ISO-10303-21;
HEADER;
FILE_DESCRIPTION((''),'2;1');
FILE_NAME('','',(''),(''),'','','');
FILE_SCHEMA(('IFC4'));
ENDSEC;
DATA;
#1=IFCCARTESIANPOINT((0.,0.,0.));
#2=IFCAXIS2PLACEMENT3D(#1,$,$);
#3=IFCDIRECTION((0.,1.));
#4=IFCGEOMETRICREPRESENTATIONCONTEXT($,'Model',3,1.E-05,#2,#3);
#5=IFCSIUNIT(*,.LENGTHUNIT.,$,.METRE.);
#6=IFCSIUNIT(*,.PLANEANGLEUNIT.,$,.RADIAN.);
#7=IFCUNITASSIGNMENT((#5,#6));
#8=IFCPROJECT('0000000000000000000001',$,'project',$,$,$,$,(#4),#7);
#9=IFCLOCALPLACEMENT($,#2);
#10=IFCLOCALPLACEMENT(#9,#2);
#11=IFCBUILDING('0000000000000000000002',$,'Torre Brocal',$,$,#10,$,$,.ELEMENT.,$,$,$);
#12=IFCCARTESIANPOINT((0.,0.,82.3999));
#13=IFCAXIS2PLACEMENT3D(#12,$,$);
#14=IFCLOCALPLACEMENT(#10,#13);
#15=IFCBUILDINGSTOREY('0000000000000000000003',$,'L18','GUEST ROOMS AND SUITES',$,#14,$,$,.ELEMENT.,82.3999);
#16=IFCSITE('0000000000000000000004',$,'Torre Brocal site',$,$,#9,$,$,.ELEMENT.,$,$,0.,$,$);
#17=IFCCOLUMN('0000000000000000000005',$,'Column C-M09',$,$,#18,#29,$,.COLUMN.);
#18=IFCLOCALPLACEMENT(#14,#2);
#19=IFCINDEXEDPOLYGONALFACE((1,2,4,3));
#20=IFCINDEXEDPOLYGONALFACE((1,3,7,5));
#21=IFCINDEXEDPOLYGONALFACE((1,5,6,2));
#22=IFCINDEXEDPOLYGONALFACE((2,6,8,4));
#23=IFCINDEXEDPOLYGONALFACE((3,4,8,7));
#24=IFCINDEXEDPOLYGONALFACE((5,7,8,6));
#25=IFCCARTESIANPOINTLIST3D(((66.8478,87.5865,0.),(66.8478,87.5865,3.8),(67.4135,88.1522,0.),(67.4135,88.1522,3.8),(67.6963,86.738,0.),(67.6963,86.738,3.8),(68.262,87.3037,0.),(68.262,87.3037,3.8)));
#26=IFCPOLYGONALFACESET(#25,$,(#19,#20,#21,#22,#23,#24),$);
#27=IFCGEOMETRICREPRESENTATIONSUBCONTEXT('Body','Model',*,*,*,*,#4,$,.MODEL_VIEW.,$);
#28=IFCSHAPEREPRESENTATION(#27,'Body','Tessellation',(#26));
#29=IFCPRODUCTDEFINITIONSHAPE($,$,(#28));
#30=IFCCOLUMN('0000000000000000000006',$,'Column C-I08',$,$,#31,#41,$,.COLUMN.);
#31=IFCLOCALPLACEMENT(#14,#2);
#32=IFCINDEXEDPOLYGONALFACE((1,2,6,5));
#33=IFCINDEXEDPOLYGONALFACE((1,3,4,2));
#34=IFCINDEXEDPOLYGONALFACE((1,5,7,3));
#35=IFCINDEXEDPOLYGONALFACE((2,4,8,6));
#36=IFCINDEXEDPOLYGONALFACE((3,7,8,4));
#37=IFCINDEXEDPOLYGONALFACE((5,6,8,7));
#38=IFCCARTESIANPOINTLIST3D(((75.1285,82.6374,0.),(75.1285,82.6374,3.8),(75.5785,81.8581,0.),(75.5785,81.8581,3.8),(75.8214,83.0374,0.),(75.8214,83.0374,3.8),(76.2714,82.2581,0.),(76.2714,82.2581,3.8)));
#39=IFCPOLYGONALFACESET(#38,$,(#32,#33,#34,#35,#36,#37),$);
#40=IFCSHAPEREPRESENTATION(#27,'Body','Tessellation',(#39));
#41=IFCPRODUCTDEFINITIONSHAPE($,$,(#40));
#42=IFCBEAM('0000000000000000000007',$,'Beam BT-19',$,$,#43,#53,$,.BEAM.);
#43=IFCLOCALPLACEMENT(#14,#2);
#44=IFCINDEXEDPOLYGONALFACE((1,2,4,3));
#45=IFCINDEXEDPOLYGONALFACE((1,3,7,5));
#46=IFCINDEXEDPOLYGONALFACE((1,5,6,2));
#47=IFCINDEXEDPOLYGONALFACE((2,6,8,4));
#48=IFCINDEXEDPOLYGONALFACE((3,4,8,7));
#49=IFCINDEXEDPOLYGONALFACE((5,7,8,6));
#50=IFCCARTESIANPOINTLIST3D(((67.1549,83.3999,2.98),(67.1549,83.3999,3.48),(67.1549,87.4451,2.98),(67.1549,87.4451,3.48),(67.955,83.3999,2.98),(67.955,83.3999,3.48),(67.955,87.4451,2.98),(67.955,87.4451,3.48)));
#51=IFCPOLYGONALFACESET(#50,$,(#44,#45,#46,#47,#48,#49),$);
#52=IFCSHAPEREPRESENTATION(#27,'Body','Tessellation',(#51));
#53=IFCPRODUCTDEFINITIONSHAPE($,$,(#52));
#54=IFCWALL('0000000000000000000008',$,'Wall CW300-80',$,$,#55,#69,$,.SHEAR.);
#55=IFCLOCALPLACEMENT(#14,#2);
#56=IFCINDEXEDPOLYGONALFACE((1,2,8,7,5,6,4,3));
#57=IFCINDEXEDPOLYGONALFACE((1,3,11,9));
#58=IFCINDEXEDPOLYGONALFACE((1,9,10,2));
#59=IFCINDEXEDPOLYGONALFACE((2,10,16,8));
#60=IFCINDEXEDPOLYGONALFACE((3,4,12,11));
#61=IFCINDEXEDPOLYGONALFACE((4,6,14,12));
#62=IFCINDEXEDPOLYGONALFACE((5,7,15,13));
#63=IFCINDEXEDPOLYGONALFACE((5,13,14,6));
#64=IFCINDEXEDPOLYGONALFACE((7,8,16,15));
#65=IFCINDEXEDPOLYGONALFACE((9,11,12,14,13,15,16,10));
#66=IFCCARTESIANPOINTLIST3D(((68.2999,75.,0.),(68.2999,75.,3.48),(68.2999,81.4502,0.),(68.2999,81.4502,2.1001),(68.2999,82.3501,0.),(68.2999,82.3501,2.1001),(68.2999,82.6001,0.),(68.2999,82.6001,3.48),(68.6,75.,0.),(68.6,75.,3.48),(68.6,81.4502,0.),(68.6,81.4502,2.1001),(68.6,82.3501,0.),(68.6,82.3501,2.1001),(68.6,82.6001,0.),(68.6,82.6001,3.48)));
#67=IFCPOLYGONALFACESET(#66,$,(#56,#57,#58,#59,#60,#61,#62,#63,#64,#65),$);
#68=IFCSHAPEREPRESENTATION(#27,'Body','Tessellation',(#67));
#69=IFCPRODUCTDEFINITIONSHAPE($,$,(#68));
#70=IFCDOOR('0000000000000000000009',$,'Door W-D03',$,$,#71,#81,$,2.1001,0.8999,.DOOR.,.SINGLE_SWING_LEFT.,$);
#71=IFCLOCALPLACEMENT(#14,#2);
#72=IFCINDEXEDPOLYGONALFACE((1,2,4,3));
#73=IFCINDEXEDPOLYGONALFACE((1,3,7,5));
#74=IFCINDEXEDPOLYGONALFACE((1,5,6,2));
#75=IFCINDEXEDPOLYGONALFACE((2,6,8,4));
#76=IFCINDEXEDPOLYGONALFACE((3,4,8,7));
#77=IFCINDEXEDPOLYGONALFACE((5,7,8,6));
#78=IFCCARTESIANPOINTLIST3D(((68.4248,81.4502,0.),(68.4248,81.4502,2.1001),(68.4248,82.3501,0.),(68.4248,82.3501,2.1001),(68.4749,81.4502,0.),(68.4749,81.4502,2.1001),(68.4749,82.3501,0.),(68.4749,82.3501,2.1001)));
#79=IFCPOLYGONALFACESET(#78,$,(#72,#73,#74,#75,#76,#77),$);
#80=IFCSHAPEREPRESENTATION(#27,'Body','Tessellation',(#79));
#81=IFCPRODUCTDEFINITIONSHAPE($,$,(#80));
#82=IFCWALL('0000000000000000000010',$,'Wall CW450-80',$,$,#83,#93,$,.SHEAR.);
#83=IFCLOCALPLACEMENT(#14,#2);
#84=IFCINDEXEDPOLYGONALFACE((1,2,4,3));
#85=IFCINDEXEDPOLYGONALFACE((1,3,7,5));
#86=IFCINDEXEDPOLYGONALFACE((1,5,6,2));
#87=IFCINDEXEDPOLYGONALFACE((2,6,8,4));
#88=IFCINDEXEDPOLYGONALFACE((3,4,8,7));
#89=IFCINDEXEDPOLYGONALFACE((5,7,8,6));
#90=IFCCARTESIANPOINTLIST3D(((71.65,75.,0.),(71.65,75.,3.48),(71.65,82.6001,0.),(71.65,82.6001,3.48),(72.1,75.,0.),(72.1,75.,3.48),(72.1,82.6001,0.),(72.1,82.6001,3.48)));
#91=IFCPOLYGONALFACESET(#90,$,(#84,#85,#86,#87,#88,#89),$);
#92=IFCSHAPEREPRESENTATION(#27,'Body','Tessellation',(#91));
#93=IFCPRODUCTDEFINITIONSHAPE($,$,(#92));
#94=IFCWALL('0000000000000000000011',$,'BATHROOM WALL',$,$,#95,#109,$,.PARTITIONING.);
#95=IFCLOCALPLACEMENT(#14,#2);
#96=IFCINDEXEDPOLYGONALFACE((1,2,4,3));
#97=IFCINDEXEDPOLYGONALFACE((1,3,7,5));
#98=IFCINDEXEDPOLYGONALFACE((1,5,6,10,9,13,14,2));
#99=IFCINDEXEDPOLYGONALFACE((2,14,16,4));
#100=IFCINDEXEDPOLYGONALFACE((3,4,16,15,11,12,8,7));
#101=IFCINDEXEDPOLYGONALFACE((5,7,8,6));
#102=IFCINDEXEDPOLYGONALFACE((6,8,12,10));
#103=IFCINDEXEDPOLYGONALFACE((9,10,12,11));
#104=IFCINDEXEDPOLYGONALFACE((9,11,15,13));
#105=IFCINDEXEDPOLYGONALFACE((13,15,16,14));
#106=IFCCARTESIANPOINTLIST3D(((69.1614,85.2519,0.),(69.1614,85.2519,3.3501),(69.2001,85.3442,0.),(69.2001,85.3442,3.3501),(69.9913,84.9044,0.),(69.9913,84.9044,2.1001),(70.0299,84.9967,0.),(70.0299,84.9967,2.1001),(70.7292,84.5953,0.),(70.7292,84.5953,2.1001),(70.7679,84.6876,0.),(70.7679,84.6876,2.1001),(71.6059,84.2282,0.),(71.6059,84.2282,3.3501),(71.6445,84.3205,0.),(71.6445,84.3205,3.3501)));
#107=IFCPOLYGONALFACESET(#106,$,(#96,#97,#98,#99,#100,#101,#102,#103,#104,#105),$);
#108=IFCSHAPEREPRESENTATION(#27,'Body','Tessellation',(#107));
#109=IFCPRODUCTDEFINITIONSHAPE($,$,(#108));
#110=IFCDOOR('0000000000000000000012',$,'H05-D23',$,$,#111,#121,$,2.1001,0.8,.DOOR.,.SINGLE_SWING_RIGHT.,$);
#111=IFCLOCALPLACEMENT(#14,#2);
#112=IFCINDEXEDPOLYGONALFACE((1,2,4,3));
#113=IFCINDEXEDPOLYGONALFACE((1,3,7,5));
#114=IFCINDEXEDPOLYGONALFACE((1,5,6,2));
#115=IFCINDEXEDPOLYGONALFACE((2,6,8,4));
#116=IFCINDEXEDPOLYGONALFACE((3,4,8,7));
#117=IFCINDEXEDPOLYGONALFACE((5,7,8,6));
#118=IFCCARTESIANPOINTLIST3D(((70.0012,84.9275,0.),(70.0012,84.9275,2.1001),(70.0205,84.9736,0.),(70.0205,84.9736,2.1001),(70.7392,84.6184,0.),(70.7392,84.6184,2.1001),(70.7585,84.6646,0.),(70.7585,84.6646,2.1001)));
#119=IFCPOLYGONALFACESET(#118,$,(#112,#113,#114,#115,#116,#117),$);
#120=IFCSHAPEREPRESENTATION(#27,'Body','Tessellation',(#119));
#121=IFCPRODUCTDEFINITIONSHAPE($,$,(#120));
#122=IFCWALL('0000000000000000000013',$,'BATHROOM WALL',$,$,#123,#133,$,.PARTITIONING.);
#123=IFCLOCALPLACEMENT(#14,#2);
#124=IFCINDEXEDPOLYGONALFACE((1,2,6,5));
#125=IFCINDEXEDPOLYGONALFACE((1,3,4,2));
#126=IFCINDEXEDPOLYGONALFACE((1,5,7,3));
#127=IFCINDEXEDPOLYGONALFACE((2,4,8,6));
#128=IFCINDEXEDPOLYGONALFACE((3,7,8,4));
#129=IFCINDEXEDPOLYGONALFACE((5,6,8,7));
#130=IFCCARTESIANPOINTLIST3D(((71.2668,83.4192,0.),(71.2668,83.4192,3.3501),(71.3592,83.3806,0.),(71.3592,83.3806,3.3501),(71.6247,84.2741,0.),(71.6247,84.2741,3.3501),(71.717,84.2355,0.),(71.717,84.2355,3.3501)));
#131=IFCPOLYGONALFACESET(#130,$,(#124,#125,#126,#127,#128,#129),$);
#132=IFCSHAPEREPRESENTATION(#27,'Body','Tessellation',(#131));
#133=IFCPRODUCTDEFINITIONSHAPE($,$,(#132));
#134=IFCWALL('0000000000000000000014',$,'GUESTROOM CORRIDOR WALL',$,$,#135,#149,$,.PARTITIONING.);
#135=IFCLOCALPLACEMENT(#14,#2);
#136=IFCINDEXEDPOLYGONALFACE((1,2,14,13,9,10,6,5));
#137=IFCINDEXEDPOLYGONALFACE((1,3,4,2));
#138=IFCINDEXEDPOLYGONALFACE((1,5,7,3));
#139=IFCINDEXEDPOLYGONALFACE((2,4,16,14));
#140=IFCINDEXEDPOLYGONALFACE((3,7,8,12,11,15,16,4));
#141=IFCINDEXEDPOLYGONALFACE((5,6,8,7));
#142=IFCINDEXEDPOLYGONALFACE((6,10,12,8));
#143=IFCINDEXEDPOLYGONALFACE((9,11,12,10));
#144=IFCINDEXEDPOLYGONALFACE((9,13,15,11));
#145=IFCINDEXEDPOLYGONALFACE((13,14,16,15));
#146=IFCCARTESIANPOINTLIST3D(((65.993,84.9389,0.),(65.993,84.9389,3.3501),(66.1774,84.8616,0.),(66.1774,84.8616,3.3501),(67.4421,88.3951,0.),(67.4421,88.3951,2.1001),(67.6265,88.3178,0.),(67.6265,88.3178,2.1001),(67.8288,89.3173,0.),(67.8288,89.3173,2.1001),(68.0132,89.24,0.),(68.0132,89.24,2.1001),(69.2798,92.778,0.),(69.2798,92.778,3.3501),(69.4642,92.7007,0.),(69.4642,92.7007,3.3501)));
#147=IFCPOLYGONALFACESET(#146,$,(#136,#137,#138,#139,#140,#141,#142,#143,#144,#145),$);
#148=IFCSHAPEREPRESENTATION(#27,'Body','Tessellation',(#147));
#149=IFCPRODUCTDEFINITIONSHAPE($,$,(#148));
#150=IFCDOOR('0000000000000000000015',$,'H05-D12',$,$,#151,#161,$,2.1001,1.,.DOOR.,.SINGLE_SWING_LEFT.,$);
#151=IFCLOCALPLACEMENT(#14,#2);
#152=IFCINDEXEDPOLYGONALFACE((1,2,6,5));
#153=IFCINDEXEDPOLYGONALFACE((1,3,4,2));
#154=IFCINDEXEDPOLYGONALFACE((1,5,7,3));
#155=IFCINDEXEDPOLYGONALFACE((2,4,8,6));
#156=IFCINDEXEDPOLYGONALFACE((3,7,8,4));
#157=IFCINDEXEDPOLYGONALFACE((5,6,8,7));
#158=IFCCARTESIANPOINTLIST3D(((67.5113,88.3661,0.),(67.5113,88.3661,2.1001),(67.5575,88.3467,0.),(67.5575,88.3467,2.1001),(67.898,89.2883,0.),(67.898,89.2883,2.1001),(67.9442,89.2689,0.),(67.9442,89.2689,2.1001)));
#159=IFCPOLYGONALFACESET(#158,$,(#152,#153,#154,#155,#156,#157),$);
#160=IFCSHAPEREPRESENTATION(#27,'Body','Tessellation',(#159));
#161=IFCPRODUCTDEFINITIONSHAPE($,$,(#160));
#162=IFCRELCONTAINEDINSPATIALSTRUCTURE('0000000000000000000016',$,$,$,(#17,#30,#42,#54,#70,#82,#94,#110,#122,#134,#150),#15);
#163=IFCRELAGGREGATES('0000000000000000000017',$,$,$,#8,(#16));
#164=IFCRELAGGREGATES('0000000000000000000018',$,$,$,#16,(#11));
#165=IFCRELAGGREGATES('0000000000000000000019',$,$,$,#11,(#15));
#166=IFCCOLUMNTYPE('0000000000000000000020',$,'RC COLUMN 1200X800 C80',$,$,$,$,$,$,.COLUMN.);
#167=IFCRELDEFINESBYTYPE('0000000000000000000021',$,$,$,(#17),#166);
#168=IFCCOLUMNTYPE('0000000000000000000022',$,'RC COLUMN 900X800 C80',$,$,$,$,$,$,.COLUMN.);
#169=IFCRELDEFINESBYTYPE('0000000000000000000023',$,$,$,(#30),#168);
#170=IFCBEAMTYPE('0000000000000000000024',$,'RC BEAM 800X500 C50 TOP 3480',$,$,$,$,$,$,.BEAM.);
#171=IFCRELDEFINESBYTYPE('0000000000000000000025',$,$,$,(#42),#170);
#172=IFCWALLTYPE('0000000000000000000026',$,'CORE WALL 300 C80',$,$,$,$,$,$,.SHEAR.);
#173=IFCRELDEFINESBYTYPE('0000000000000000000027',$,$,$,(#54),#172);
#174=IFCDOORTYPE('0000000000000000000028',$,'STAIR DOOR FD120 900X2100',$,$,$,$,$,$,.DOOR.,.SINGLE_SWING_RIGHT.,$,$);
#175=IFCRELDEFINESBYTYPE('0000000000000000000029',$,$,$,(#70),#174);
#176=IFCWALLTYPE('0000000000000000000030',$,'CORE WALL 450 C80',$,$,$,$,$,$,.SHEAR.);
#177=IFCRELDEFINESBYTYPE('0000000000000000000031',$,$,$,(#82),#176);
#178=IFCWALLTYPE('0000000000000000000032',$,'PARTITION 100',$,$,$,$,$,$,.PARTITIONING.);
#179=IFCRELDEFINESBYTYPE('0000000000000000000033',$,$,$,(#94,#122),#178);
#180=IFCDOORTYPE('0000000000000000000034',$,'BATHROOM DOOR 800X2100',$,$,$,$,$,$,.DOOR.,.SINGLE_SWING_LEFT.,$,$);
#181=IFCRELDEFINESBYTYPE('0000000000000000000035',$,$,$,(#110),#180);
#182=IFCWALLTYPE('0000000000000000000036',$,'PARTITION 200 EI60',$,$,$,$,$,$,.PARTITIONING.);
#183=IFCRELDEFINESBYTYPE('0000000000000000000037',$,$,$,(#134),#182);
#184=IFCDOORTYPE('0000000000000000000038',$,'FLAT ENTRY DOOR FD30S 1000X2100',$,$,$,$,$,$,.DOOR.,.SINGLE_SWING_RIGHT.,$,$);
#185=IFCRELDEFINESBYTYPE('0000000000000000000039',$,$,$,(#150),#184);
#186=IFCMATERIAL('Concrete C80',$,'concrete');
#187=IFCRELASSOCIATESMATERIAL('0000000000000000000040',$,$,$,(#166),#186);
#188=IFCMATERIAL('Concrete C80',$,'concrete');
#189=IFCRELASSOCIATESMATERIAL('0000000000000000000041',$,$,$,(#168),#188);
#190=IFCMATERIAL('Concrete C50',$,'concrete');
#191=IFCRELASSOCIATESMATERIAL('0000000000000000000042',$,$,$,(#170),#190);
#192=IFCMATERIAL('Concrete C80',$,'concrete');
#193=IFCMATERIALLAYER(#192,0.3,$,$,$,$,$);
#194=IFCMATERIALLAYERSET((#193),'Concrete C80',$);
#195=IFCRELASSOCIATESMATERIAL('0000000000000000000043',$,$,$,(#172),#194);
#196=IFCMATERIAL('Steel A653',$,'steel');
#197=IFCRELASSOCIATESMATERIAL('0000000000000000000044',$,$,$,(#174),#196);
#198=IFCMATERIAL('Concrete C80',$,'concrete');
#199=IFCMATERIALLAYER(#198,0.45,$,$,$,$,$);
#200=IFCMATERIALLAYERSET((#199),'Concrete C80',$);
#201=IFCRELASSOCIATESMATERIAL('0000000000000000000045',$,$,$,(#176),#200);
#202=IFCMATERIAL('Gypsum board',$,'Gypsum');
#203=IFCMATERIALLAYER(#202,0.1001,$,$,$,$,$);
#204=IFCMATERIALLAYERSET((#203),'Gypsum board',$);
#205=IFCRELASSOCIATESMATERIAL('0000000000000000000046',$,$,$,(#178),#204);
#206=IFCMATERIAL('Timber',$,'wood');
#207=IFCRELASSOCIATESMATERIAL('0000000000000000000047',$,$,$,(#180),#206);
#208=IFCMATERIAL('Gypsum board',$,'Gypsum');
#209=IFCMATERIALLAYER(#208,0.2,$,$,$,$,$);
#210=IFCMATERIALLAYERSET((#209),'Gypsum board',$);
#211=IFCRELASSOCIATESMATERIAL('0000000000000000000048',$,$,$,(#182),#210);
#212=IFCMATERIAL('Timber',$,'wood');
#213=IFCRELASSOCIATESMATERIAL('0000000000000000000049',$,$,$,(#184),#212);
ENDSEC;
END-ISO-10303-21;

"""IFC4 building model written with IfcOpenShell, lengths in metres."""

from ifc_helpers import new_model, si_unit, direction, frame, frame_2d, origin, origin_2d, place, context, subcontext, project, spatial, rectangle, extrude, material, layer, layer_set, material_profile, profile_set, type_object, element, fill, save


model = new_model("IFC4")

# Units and contexts
model_context = context("Model", 3, precision=1e-05, world=origin(), true_north=direction((0.0, 1.0)))
body_context = subcontext(model_context, "Body", "Model", "MODEL_VIEW")
ifc_project = project(units=[si_unit("LENGTHUNIT", "METRE"), si_unit("PLANEANGLEUNIT", "RADIAN")], contexts=[model_context])

# Site, building, storey
site_placement = place(None, origin())
site = spatial("IfcSite", under=ifc_project, at=site_placement, Name="Torre Brocal site", CompositionType="ELEMENT", RefElevation=0.0)
building_placement = place(site_placement, origin())
building = spatial("IfcBuilding", under=site, at=building_placement, Name="Torre Brocal", CompositionType="ELEMENT")
storey_placement = place(building_placement, frame((0.0, 0.0, 82.3999)))
storey = spatial("IfcBuildingStorey", under=building, at=storey_placement, Name="L18", Description="GUEST ROOMS AND SUITES", CompositionType="ELEMENT", Elevation=82.3999)

# Columns
ifc_material_1 = material(Name="Concrete C80", Category="concrete")
ifc_material_profile_1 = material_profile(ifc_material_1, rectangle(XDim=1.2, YDim=0.8, at=origin_2d()), Name="RC 1200X800")
ifc_profile_set_1 = profile_set([ifc_material_profile_1], Name="Concrete C80")
column_type_1 = type_object("IfcColumnType", Name="RC COLUMN 1200X800 C80", PredefinedType="COLUMN", material=ifc_profile_set_1)
column_1_placement = place(storey_placement, frame((67.5549, 87.4451, 0.0), z_axis=(0.0, 0.0, 1.0), x_axis=(-0.707107, 0.707107, 0.0)))
element("IfcColumn", 1, at=column_1_placement, inside=storey, type_object=column_type_1, Name="Column C-M09", PredefinedType="COLUMN", context=body_context, shape_type="SweptSolid", body=[
    extrude(rectangle(XDim=1.2, YDim=0.8, at=origin_2d()), origin(), (0.0, 0.0, 1.0), 3.8),
])
ifc_material_2 = material(Name="Concrete C80", Category="concrete")
ifc_material_profile_2 = material_profile(ifc_material_2, rectangle(XDim=0.8999, YDim=0.8, at=origin_2d()), Name="RC 900X800")
ifc_profile_set_2 = profile_set([ifc_material_profile_2], Name="Concrete C80")
column_type_2 = type_object("IfcColumnType", Name="RC COLUMN 900X800 C80", PredefinedType="COLUMN", material=ifc_profile_set_2)
column_2_placement = place(storey_placement, frame((75.7, 82.4478, 0.0), z_axis=(0.0, 0.0, 1.0), x_axis=(-0.5, 0.866025, 0.0)))
element("IfcColumn", 2, at=column_2_placement, inside=storey, type_object=column_type_2, Name="Column C-I08", PredefinedType="COLUMN", context=body_context, shape_type="SweptSolid", body=[
    extrude(rectangle(XDim=0.8999, YDim=0.8, at=origin_2d()), origin(), (0.0, 0.0, 1.0), 3.8),
])

# Beam
ifc_material_3 = material(Name="Concrete C50", Category="concrete")
ifc_material_profile_3 = material_profile(ifc_material_3, rectangle(XDim=0.8, YDim=0.5, at=origin_2d()), Name="RC 800X500")
ifc_profile_set_3 = profile_set([ifc_material_profile_3], Name="Concrete C50")
beam_type = type_object("IfcBeamType", Name="RC BEAM 800X500 C50 TOP 3480", PredefinedType="BEAM", material=ifc_profile_set_3)
beam_placement = place(storey_placement, frame((67.5549, 87.4451, 3.23), z_axis=(0.0, -1.0, 0.0), x_axis=(1.0, 0.0, 0.0)))
element("IfcBeam", 3, at=beam_placement, inside=storey, type_object=beam_type, Name="Beam BT-19", PredefinedType="BEAM", context=body_context, shape_type="SweptSolid", body=[
    extrude(rectangle(XDim=0.8, YDim=0.5, at=origin_2d()), origin(), (0.0, 0.0, 1.0), 4.0452),
])

# Wall, opening, door
ifc_material_4 = material(Name="Concrete C80", Category="concrete")
ifc_layer_1 = layer(ifc_material_4, 0.3)
ifc_layer_set_1 = layer_set([ifc_layer_1], Name="Concrete C80")
wall_type_1 = type_object("IfcWallType", Name="CORE WALL 300 C80", PredefinedType="SHEAR", material=ifc_layer_set_1)
wall_1_placement = place(storey_placement, frame((68.45, 82.6001, 0.0), z_axis=(0.0, 0.0, 1.0), x_axis=(0.0, -1.0, 0.0)))
wall_1 = element("IfcWall", 4, at=wall_1_placement, inside=storey, type_object=wall_type_1, Name="Wall CW300-80", PredefinedType="SHEAR", context=body_context, shape_type="SweptSolid", body=[
    extrude(rectangle(XDim=7.6001, YDim=0.3, at=frame_2d((3.8, 0.0))), origin(), (0.0, 0.0, 1.0), 3.48),
])
opening_1_placement = place(wall_1_placement, frame((0.25, 0.0, 0.0)))
opening_1 = element("IfcOpeningElement", 5, at=opening_1_placement, cuts=wall_1, PredefinedType="OPENING", context=body_context, shape_type="SweptSolid", body=[
    extrude(rectangle(XDim=0.8999, YDim=2.1001, at=frame_2d((0.45, 1.05))), frame((0.0, 0.1599, 0.0), z_axis=(0.0, -1.0, 0.0), x_axis=(1.0, 0.0, 0.0)), (0.0, 0.0, 1.0), 0.3201),
])
ifc_material_5 = material(Name="Steel A653", Category="steel")
door_type_1 = type_object("IfcDoorType", Name="STAIR DOOR FD120 900X2100", OperationType="SINGLE_SWING_RIGHT", PredefinedType="DOOR", material=ifc_material_5)
door_1_placement = place(opening_1_placement, origin())
door_1 = element("IfcDoor", 6, at=door_1_placement, inside=storey, type_object=door_type_1, Name="Door W-D03", OperationType="SINGLE_SWING_LEFT", OverallHeight=2.1001, OverallWidth=0.8999, PredefinedType="DOOR", context=body_context, shape_type="SweptSolid", body=[
    extrude(rectangle(XDim=0.8999, YDim=2.1001, at=frame_2d((0.45, 1.05))), frame((0.0, 0.0249, 0.0), z_axis=(0.0, -1.0, 0.0), x_axis=(1.0, 0.0, 0.0)), (0.0, 0.0, 1.0), 0.05),
])
fill(opening_1, door_1)

# Wall
ifc_material_6 = material(Name="Concrete C80", Category="concrete")
ifc_layer_2 = layer(ifc_material_6, 0.45)
ifc_layer_set_2 = layer_set([ifc_layer_2], Name="Concrete C80")
wall_type_2 = type_object("IfcWallType", Name="CORE WALL 450 C80", PredefinedType="SHEAR", material=ifc_layer_set_2)
wall_2_placement = place(storey_placement, frame((71.875, 82.6001, 0.0), z_axis=(0.0, 0.0, 1.0), x_axis=(0.0, -1.0, 0.0)))
element("IfcWall", 7, at=wall_2_placement, inside=storey, type_object=wall_type_2, Name="Wall CW450-80", PredefinedType="SHEAR", context=body_context, shape_type="SweptSolid", body=[
    extrude(rectangle(XDim=7.6001, YDim=0.45, at=frame_2d((3.8, 0.0))), origin(), (0.0, 0.0, 1.0), 3.48),
])

# Wall, opening, door
ifc_material_7 = material(Name="Gypsum board", Category="Gypsum")
ifc_layer_3 = layer(ifc_material_7, 0.1001)
ifc_layer_set_3 = layer_set([ifc_layer_3], Name="Gypsum board")
wall_type_3 = type_object("IfcWallType", Name="PARTITION 100", PredefinedType="PARTITIONING", material=ifc_layer_set_3)
wall_3_placement = place(storey_placement, frame((69.1807, 85.2981, 0.0), z_axis=(0.0, 0.0, 1.0), x_axis=(0.922378, -0.386289, 0.0)))
wall_3 = element("IfcWall", 8, at=wall_3_placement, inside=storey, type_object=wall_type_3, Name="BATHROOM WALL", PredefinedType="PARTITIONING", context=body_context, shape_type="SweptSolid", body=[
    extrude(rectangle(XDim=2.6501, YDim=0.1001, at=frame_2d((1.3252, 0.0))), origin(), (0.0, 0.0, 1.0), 3.3501),
])
opening_2_placement = place(wall_3_placement, frame((0.8999, 0.0, 0.0)))
opening_2 = element("IfcOpeningElement", 9, at=opening_2_placement, cuts=wall_3, PredefinedType="OPENING", context=body_context, shape_type="SweptSolid", body=[
    extrude(rectangle(XDim=0.8, YDim=2.1001, at=frame_2d((0.3999, 1.05))), frame((0.0, 0.0601, 0.0), z_axis=(0.0, -1.0, 0.0), x_axis=(1.0, 0.0, 0.0)), (0.0, 0.0, 1.0), 0.1201),
])
ifc_material_8 = material(Name="Timber", Category="wood")
door_type_2 = type_object("IfcDoorType", Name="BATHROOM DOOR 800X2100", OperationType="SINGLE_SWING_LEFT", PredefinedType="DOOR", material=ifc_material_8)
door_2_placement = place(opening_2_placement, frame((0.8, 0.0, 0.0), z_axis=(0.0, 0.0, 1.0), x_axis=(-1.0, 0.0, 0.0)))
door_2 = element("IfcDoor", 10, at=door_2_placement, inside=storey, type_object=door_type_2, Name="H05-D23", OperationType="SINGLE_SWING_RIGHT", OverallHeight=2.1001, OverallWidth=0.8, PredefinedType="DOOR", context=body_context, shape_type="SweptSolid", body=[
    extrude(rectangle(XDim=0.8, YDim=2.1001, at=frame_2d((0.3999, 1.05))), frame((0.0, 0.0249, 0.0), z_axis=(0.0, -1.0, 0.0), x_axis=(1.0, 0.0, 0.0)), (0.0, 0.0, 1.0), 0.05),
])
fill(opening_2, door_2)

# Wall
wall_4_placement = place(storey_placement, frame((71.313, 83.3999, 0.0), z_axis=(0.0, 0.0, 1.0), x_axis=(0.386149, 0.922437, 0.0)))
element("IfcWall", 11, at=wall_4_placement, inside=storey, type_object=wall_type_3, Name="BATHROOM WALL", PredefinedType="PARTITIONING", context=body_context, shape_type="SweptSolid", body=[
    extrude(rectangle(XDim=0.9268, YDim=0.1001, at=frame_2d((0.4634, 0.0))), origin(), (0.0, 0.0, 1.0), 3.3501),
])

# Wall, opening, door
ifc_material_9 = material(Name="Gypsum board", Category="Gypsum")
ifc_layer_4 = layer(ifc_material_9, 0.2)
ifc_layer_set_4 = layer_set([ifc_layer_4], Name="Gypsum board")
wall_type_4 = type_object("IfcWallType", Name="PARTITION 200 EI60", PredefinedType="PARTITIONING", material=ifc_layer_set_4)
wall_5_placement = place(storey_placement, frame((66.0852, 84.9004, 0.0), z_axis=(0.0, 0.0, 1.0), x_axis=(0.386676, 0.922216, 0.0)))
wall_5 = element("IfcWall", 12, at=wall_5_placement, inside=storey, type_object=wall_type_4, Name="GUESTROOM CORRIDOR WALL", PredefinedType="PARTITIONING", context=body_context, shape_type="SweptSolid", body=[
    extrude(rectangle(XDim=8.5002, YDim=0.2, at=frame_2d((4.25, 0.0))), origin(), (0.0, 0.0, 1.0), 3.3501),
])
opening_3_placement = place(wall_5_placement, frame((3.7476, 0.0, 0.0)))
opening_3 = element("IfcOpeningElement", 13, at=opening_3_placement, cuts=wall_5, PredefinedType="OPENING", context=body_context, shape_type="SweptSolid", body=[
    extrude(rectangle(XDim=1.0, YDim=2.1001, at=frame_2d((0.5, 1.05))), frame((0.0, 0.1099, 0.0), z_axis=(0.0, -1.0, 0.0), x_axis=(1.0, 0.0, 0.0)), (0.0, 0.0, 1.0), 0.22),
])
ifc_material_10 = material(Name="Timber", Category="wood")
door_type_3 = type_object("IfcDoorType", Name="FLAT ENTRY DOOR FD30S 1000X2100", OperationType="SINGLE_SWING_RIGHT", PredefinedType="DOOR", material=ifc_material_10)
door_3_placement = place(opening_3_placement, origin())
door_3 = element("IfcDoor", 14, at=door_3_placement, inside=storey, type_object=door_type_3, Name="H05-D12", OperationType="SINGLE_SWING_LEFT", OverallHeight=2.1001, OverallWidth=1.0, PredefinedType="DOOR", context=body_context, shape_type="SweptSolid", body=[
    extrude(rectangle(XDim=1.0, YDim=2.1001, at=frame_2d((0.5, 1.05))), frame((0.0, 0.0249, 0.0), z_axis=(0.0, -1.0, 0.0), x_axis=(1.0, 0.0, 0.0)), (0.0, 0.0, 1.0), 0.05),
])
fill(opening_3, door_3)

save(model, "model.ifc")
